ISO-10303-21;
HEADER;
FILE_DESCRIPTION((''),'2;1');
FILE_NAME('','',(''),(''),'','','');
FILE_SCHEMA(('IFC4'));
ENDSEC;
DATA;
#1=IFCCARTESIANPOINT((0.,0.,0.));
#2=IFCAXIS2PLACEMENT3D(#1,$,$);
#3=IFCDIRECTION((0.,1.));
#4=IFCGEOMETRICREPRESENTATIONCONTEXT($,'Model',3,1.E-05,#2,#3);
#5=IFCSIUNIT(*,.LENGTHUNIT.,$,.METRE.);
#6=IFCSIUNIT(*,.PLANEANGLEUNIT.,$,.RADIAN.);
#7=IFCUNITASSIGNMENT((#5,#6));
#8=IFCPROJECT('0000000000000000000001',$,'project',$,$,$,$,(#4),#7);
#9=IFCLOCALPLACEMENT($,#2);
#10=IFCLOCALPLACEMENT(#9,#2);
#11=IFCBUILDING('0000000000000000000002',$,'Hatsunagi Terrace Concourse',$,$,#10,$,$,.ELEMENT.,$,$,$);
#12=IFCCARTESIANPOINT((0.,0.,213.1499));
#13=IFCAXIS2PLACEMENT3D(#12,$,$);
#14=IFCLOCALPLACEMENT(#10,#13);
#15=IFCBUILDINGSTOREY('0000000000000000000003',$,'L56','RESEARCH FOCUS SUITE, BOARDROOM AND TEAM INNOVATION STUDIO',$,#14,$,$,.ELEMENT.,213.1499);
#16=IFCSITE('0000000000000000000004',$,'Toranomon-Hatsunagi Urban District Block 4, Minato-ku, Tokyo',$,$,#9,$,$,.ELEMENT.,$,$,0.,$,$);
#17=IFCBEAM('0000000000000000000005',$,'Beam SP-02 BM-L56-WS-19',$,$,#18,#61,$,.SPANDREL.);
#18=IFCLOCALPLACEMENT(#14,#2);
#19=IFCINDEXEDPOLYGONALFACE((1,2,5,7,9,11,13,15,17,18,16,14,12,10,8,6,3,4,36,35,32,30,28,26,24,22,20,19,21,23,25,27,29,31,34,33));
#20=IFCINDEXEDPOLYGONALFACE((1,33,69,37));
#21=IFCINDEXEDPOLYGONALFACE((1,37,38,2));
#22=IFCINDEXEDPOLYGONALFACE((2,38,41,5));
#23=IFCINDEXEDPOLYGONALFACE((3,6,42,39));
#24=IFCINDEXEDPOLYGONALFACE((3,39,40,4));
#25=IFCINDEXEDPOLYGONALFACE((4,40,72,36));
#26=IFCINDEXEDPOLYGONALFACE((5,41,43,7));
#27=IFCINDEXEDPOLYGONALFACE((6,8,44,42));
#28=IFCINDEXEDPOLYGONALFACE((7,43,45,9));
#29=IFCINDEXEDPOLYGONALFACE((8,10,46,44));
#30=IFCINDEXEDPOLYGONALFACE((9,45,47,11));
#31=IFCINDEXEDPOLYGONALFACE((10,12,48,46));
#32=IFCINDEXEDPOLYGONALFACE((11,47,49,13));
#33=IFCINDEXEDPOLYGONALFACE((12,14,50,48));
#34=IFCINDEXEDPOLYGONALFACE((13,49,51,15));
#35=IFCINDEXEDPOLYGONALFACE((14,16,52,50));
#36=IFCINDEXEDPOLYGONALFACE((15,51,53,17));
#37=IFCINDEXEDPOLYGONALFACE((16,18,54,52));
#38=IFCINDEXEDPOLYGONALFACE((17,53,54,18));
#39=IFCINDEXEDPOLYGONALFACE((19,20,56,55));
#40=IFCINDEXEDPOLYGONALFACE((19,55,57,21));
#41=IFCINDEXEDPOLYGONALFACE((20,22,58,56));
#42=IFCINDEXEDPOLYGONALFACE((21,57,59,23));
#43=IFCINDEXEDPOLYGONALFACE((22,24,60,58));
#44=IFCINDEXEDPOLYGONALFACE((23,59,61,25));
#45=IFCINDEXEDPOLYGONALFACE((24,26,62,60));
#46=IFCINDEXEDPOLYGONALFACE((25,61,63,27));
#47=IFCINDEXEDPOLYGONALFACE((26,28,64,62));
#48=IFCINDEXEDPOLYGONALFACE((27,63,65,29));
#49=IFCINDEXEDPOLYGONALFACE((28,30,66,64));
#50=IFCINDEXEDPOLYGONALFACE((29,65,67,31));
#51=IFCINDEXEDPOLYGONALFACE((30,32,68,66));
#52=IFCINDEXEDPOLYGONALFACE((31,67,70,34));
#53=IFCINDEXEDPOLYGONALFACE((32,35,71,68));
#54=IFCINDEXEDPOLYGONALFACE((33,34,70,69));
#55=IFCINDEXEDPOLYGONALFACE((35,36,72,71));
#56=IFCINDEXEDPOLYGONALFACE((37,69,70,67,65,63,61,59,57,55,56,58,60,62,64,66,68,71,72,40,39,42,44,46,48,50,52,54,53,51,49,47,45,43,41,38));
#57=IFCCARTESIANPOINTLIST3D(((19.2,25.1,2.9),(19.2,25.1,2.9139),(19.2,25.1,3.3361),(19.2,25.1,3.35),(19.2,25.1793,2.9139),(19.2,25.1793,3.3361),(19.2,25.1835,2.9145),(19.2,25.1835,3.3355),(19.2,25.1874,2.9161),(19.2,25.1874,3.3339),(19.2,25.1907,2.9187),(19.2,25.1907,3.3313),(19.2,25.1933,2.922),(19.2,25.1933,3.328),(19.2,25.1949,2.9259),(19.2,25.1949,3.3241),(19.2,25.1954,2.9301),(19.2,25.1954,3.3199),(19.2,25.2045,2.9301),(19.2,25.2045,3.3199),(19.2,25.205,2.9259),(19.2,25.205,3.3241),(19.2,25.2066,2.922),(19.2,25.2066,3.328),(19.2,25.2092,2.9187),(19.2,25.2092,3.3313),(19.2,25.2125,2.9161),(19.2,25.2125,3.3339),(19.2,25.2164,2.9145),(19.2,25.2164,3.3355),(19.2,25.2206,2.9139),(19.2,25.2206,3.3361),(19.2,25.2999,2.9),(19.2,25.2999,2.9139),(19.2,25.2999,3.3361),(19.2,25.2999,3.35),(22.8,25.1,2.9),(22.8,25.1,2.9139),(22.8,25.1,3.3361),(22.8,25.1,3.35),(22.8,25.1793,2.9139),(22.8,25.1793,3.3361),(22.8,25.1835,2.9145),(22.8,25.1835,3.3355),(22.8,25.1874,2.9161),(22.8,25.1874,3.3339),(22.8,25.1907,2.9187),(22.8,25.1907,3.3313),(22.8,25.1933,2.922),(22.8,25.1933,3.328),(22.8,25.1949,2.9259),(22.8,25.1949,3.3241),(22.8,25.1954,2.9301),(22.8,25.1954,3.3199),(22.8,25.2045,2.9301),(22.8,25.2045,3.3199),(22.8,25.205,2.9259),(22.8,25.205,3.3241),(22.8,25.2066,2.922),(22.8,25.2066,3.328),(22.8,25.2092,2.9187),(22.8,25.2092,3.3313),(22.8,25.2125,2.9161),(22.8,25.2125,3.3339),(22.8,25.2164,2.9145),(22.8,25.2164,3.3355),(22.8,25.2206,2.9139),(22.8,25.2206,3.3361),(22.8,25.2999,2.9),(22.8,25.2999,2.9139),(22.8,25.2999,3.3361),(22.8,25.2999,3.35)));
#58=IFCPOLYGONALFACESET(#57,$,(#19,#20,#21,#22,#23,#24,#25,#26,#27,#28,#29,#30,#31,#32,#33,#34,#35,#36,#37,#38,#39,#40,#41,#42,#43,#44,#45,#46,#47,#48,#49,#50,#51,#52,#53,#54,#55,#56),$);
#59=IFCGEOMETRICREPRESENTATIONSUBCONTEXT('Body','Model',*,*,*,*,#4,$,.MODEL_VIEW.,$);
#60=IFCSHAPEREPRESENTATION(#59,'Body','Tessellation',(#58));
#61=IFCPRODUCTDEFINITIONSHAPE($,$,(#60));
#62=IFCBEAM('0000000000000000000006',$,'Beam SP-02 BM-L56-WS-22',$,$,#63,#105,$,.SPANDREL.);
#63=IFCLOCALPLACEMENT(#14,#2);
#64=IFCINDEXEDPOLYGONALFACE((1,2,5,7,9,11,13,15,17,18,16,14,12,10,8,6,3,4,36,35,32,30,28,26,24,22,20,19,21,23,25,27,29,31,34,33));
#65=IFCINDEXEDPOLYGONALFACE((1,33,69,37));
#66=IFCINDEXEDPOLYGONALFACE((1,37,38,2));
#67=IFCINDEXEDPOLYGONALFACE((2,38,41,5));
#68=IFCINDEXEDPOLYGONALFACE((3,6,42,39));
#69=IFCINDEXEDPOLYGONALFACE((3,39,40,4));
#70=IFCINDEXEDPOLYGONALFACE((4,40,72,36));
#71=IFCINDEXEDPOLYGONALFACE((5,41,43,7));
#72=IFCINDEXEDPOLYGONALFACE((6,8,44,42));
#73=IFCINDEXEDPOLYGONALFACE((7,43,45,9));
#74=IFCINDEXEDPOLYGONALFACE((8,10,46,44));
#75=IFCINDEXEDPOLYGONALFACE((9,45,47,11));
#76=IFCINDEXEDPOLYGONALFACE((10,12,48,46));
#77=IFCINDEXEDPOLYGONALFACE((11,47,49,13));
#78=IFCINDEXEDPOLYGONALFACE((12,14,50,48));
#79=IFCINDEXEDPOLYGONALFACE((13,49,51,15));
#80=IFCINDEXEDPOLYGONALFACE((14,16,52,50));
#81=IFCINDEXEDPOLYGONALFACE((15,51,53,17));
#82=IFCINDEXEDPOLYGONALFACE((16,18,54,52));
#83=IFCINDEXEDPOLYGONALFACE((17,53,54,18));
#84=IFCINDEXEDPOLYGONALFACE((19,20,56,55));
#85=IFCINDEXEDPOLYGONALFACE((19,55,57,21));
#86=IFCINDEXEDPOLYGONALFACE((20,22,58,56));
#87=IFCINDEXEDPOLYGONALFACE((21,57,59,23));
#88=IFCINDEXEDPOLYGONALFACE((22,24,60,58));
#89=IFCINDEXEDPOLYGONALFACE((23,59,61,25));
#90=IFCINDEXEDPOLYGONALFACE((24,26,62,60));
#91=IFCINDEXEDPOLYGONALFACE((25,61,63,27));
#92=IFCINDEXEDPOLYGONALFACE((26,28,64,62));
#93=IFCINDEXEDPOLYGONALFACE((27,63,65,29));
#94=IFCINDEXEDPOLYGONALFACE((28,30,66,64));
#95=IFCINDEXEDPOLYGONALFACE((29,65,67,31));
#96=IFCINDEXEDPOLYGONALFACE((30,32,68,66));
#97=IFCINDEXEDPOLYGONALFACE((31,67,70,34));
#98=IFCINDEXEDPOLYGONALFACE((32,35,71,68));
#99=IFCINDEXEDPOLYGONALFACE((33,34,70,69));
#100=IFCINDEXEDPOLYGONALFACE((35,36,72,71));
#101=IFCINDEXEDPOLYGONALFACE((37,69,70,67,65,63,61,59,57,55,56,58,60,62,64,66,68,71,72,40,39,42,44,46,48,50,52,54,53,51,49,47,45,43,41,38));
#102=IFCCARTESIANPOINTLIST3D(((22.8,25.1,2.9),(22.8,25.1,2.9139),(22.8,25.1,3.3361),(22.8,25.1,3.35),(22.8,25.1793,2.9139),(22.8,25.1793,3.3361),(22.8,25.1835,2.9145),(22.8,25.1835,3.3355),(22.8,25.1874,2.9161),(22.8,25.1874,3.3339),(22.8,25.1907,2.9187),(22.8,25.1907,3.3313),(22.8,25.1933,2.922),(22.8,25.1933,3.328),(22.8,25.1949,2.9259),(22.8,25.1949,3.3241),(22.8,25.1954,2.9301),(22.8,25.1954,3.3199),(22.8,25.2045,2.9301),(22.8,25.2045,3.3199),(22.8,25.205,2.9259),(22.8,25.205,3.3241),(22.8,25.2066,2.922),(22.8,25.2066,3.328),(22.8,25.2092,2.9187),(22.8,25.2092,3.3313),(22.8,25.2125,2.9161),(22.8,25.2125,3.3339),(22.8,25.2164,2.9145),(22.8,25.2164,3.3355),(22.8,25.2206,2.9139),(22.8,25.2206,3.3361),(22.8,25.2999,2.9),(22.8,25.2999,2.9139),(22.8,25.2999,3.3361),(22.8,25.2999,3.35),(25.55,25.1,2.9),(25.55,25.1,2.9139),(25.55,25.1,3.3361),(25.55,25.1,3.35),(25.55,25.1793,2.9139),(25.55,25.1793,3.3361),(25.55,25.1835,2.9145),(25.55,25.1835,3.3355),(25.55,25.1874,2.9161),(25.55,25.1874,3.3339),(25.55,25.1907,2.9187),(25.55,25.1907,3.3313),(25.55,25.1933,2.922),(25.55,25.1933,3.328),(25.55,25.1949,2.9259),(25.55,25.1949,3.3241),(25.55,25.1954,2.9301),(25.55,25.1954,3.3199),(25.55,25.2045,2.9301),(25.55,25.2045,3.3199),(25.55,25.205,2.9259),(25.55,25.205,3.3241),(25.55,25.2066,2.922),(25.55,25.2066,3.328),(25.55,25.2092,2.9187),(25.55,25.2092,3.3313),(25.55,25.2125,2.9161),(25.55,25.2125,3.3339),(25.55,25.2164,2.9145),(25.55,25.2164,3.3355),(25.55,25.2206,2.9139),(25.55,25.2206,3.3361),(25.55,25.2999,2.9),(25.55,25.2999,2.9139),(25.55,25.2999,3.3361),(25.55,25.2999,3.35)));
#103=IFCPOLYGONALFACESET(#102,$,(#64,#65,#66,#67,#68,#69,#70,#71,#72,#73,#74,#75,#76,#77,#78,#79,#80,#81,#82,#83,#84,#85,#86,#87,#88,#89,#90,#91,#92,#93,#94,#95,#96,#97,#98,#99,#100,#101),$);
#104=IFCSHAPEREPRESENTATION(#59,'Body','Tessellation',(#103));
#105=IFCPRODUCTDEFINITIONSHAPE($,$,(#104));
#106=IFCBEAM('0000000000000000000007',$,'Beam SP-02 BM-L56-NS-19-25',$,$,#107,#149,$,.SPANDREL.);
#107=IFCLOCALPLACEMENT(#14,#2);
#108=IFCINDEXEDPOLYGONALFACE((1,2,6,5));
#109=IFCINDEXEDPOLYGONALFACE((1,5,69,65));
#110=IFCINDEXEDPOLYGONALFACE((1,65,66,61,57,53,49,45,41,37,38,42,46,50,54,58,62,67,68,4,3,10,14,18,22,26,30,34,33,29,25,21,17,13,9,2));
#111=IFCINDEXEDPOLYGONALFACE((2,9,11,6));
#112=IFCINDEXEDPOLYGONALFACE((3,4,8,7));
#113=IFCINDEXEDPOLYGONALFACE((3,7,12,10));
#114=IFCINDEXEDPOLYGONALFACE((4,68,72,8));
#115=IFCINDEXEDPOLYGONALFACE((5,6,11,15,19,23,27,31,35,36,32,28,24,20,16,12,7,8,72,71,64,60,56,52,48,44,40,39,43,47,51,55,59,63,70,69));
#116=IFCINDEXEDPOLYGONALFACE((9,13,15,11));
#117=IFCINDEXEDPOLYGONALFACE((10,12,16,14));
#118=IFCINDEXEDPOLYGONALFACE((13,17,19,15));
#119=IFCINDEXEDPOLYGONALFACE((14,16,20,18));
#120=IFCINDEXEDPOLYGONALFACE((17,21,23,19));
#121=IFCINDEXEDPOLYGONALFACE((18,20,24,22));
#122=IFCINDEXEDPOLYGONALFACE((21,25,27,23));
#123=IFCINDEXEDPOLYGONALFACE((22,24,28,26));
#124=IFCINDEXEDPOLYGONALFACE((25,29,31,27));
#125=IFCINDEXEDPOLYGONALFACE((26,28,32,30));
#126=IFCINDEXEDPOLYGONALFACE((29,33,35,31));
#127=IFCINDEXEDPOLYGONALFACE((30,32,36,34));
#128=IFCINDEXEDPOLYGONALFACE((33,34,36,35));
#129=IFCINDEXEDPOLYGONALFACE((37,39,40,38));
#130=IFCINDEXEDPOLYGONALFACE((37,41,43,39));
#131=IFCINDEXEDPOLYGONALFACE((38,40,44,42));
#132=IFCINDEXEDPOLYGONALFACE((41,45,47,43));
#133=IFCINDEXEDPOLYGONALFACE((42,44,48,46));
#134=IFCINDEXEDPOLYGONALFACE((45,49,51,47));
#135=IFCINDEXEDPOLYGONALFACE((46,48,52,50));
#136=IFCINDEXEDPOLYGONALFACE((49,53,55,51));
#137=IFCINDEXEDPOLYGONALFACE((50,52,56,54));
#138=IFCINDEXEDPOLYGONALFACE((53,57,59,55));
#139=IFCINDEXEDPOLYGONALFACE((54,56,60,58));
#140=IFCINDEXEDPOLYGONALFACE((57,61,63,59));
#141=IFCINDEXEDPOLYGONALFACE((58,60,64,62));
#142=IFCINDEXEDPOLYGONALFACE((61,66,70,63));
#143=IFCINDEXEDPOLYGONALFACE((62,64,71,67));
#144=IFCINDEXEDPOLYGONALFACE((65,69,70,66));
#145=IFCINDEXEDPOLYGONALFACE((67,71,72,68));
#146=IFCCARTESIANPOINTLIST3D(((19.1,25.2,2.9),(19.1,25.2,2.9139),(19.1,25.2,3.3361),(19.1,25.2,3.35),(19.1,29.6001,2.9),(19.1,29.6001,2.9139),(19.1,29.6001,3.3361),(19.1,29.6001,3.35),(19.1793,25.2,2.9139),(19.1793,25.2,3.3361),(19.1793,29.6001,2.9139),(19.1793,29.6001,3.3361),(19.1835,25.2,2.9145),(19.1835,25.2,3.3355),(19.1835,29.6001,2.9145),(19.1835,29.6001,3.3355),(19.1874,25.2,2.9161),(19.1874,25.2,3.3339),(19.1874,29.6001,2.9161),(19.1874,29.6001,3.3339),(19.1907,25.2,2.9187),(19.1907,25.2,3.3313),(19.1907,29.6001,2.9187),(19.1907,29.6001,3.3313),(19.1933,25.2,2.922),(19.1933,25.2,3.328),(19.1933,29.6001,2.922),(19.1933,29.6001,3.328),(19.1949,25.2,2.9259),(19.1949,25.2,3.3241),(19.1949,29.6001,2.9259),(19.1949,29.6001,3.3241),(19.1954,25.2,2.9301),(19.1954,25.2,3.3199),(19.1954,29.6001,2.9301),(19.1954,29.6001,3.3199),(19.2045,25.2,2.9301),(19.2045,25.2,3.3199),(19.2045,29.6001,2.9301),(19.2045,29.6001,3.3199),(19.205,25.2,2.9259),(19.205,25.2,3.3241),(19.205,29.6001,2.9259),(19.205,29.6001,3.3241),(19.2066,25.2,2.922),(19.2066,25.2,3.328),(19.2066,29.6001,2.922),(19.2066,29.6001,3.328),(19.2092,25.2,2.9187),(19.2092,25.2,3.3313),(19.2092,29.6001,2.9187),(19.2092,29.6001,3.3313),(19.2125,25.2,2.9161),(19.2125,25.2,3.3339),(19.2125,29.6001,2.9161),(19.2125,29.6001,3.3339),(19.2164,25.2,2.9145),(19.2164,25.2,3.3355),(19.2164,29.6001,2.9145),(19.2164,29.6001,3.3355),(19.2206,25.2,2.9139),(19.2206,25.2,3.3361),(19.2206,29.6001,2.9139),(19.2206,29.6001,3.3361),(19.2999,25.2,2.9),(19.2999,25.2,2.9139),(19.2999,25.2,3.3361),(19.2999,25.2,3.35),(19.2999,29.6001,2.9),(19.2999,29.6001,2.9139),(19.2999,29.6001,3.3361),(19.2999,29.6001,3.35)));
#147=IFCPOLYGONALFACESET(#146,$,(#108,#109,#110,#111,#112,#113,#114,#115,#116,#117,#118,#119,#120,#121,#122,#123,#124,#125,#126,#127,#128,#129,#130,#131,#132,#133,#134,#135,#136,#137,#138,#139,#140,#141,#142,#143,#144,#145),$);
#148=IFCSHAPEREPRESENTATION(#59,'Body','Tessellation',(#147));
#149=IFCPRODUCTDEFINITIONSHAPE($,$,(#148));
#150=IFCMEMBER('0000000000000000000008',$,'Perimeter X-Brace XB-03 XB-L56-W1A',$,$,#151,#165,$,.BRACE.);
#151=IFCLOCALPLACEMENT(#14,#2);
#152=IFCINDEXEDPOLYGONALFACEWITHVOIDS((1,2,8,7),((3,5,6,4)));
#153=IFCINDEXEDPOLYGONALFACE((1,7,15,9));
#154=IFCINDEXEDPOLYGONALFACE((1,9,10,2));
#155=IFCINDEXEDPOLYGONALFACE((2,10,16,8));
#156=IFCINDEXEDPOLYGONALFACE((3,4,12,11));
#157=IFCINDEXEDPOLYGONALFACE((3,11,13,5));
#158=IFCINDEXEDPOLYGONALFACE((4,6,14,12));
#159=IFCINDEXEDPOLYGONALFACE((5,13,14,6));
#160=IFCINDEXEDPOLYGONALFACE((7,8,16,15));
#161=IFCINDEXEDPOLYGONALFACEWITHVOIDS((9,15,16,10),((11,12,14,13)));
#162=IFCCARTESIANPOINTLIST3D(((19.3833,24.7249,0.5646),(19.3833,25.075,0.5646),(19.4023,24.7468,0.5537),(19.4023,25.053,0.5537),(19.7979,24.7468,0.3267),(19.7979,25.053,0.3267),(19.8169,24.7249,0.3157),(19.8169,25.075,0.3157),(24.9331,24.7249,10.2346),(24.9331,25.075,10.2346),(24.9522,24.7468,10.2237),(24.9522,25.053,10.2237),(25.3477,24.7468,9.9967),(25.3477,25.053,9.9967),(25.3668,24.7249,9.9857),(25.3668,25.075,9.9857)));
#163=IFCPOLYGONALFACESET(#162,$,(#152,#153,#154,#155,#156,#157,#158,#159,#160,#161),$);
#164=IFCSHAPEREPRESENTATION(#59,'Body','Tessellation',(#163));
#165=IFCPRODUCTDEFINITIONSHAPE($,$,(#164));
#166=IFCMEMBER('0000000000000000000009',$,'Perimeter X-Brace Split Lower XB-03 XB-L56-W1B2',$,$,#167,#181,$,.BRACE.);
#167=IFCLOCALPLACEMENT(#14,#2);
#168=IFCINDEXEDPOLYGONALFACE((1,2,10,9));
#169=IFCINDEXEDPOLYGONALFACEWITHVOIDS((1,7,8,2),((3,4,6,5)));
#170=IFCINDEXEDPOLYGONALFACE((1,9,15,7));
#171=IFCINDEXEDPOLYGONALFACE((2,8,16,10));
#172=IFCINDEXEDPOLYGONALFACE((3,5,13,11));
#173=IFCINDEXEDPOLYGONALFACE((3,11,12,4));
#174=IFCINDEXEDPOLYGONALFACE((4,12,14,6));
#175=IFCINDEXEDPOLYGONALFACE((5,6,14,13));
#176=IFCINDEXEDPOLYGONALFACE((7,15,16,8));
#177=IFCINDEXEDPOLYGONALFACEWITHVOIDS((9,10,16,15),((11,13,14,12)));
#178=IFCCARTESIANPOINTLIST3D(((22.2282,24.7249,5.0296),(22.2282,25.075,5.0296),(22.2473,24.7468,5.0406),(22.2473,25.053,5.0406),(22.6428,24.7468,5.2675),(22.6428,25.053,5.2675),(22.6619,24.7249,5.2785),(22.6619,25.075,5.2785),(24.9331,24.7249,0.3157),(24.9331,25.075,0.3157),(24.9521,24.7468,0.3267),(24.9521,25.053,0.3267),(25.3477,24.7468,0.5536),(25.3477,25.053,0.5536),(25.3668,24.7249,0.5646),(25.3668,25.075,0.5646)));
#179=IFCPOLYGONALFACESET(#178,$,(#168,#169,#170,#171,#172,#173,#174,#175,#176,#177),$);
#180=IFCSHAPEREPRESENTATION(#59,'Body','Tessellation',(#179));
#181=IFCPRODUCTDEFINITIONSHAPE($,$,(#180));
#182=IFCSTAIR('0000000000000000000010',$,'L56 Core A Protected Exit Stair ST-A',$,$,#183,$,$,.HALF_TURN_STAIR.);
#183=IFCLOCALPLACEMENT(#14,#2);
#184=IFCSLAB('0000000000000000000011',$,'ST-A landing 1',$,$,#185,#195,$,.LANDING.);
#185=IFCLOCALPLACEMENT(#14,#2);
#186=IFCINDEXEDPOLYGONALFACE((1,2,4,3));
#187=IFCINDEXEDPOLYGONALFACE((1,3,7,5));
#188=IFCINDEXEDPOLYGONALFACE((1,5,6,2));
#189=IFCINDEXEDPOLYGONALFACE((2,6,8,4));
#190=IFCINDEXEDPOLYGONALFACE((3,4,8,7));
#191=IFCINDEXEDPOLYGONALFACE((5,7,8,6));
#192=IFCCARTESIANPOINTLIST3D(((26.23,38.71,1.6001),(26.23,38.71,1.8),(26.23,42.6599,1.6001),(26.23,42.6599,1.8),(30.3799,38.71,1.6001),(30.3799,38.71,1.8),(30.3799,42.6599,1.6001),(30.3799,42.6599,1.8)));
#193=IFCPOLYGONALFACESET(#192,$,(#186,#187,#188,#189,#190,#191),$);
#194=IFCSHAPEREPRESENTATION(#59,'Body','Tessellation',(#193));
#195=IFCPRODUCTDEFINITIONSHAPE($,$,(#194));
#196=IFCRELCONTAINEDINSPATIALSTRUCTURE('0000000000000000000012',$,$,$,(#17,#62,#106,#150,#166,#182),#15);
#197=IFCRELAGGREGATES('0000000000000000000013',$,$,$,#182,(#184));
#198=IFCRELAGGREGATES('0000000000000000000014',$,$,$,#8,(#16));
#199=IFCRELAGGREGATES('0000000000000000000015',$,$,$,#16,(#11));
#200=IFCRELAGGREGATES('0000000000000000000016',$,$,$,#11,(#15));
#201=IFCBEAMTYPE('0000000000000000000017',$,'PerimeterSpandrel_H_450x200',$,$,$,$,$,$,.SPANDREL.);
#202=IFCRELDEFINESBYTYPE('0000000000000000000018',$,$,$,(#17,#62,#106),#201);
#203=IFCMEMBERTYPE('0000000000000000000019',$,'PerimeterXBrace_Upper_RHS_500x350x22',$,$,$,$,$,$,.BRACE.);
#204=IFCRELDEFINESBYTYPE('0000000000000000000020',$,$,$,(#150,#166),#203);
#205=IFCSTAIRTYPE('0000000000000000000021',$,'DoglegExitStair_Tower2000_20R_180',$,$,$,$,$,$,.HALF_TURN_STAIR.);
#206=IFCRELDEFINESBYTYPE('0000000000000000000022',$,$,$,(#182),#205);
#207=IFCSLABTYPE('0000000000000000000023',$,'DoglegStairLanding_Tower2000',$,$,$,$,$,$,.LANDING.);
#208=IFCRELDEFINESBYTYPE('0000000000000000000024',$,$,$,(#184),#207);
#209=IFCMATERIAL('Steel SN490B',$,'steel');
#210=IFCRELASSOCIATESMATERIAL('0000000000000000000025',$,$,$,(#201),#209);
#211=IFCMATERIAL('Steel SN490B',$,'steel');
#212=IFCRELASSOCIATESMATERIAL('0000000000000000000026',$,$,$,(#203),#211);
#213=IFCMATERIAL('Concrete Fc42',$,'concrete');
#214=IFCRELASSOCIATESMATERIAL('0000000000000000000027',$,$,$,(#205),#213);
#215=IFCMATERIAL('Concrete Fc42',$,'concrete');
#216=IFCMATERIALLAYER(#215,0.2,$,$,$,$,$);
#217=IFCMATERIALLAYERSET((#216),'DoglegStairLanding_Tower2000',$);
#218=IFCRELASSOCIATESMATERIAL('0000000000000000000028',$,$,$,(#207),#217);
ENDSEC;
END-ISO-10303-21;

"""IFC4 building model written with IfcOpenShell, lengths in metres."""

from ifc_helpers import new_model, si_unit, direction, frame, origin, origin_2d, place, context, subcontext, project, spatial, polyline, hollow_rectangle, i_section, outline, extrude, material, layer, layer_set, material_profile, profile_set, type_object, element, aggregate, save


model = new_model("IFC4")

# Units and contexts
model_context = context("Model", 3, precision=1e-05, world=origin(), true_north=direction((0.0, 1.0)))
body_context = subcontext(model_context, "Body", "Model", "MODEL_VIEW")
ifc_project = project(units=[si_unit("LENGTHUNIT", "METRE"), si_unit("PLANEANGLEUNIT", "RADIAN")], contexts=[model_context])

# Site, building, storey
site_placement = place(None, origin())
site = spatial("IfcSite", under=ifc_project, at=site_placement, Name="Toranomon-Hatsunagi Urban District Block 4, Minato-ku, Tokyo", CompositionType="ELEMENT", RefElevation=0.0)
building_placement = place(site_placement, origin())
building = spatial("IfcBuilding", under=site, at=building_placement, Name="Hatsunagi Terrace Concourse", CompositionType="ELEMENT")
storey_placement = place(building_placement, frame((0.0, 0.0, 213.1499)))
storey = spatial("IfcBuildingStorey", under=building, at=storey_placement, Name="L56", Description="RESEARCH FOCUS SUITE, BOARDROOM AND TEAM INNOVATION STUDIO", CompositionType="ELEMENT", Elevation=213.1499)

# Beams
ifc_material_1 = material(Name="Steel SN490B", Category="steel")
ifc_material_profile_1 = material_profile(ifc_material_1, i_section(OverallWidth=0.2, OverallDepth=0.45, WebThickness=0.009, FlangeThickness=0.0139, FilletRadius=0.0161, at=origin_2d()), Name="H-450x200x9x14")
ifc_profile_set_1 = profile_set([ifc_material_profile_1], Name="Steel SN490B")
beam_type_1 = type_object("IfcBeamType", Name="PerimeterSpandrel_H_450x200", PredefinedType="SPANDREL", material=ifc_profile_set_1)
beam_1_placement = place(storey_placement, frame((19.2, 25.2, 3.125), z_axis=(1.0, 0.0, 0.0), x_axis=(0.0, 1.0, 0.0)))
element("IfcBeam", 1, at=beam_1_placement, inside=storey, type_object=beam_type_1, Name="Beam SP-02 BM-L56-WS-19", PredefinedType="SPANDREL", context=body_context, shape_type="SweptSolid", body=[
    extrude(i_section(OverallWidth=0.2, OverallDepth=0.45, WebThickness=0.009, FlangeThickness=0.0139, FilletRadius=0.0161, at=origin_2d()), origin(), (0.0, 0.0, 1.0), 3.6001),
])
beam_2_placement = place(storey_placement, frame((22.8, 25.2, 3.125), z_axis=(1.0, 0.0, 0.0), x_axis=(0.0, 1.0, 0.0)))
element("IfcBeam", 2, at=beam_2_placement, inside=storey, type_object=beam_type_1, Name="Beam SP-02 BM-L56-WS-22", PredefinedType="SPANDREL", context=body_context, shape_type="SweptSolid", body=[
    extrude(i_section(OverallWidth=0.2, OverallDepth=0.45, WebThickness=0.009, FlangeThickness=0.0139, FilletRadius=0.0161, at=origin_2d()), origin(), (0.0, 0.0, 1.0), 2.75),
])
beam_3_placement = place(storey_placement, frame((19.2, 25.2, 3.125), z_axis=(0.0, 1.0, 0.0), x_axis=(-1.0, 0.0, 0.0)))
element("IfcBeam", 3, at=beam_3_placement, inside=storey, type_object=beam_type_1, Name="Beam SP-02 BM-L56-NS-19-25", PredefinedType="SPANDREL", context=body_context, shape_type="SweptSolid", body=[
    extrude(i_section(OverallWidth=0.2, OverallDepth=0.45, WebThickness=0.009, FlangeThickness=0.0139, FilletRadius=0.0161, at=origin_2d()), origin(), (0.0, 0.0, 1.0), 4.4001),
])

# Members
ifc_material_2 = material(Name="Steel SN490B", Category="steel")
ifc_material_profile_2 = material_profile(ifc_material_2, hollow_rectangle(XDim=0.3501, YDim=0.5, WallThickness=0.022, at=origin_2d()), Name="RHS-500x350x22")
ifc_profile_set_2 = profile_set([ifc_material_profile_2], Name="Steel SN490B")
member_type = type_object("IfcMemberType", Name="PerimeterXBrace_Upper_RHS_500x350x22", PredefinedType="BRACE", material=ifc_profile_set_2)
member_1_placement = place(storey_placement, frame((19.6001, 24.8999, 0.4402), z_axis=(0.49777, 0.0, 0.867309), x_axis=(0.0, 1.0, 0.0)))
element("IfcMember", 4, at=member_1_placement, inside=storey, type_object=member_type, Name="Perimeter X-Brace XB-03 XB-L56-W1A", PredefinedType="BRACE", context=body_context, shape_type="SweptSolid", body=[
    extrude(hollow_rectangle(XDim=0.3501, YDim=0.5, WallThickness=0.022, at=origin_2d()), origin(), (0.0, 0.0, 1.0), 11.1494),
])
member_2_placement = place(storey_placement, frame((22.4451, 24.8999, 5.1541), z_axis=(0.497691, 0.0, -0.867354), x_axis=(0.0, 1.0, 0.0)))
element("IfcMember", 5, at=member_2_placement, inside=storey, type_object=member_type, Name="Perimeter X-Brace Split Lower XB-03 XB-L56-W1B2", PredefinedType="BRACE", context=body_context, shape_type="SweptSolid", body=[
    extrude(hollow_rectangle(XDim=0.3501, YDim=0.5, WallThickness=0.022, at=origin_2d()), origin(), (0.0, 0.0, 1.0), 5.4348),
])

# Stair, slab
ifc_material_3 = material(Name="Concrete Fc42", Category="concrete")
stair_type = type_object("IfcStairType", Name="DoglegExitStair_Tower2000_20R_180", PredefinedType="HALF_TURN_STAIR", material=ifc_material_3)
stair_1_placement = place(storey_placement, origin())
stair_1 = element("IfcStair", 6, at=stair_1_placement, inside=storey, type_object=stair_type, Name="L56 Core A Protected Exit Stair ST-A", PredefinedType="HALF_TURN_STAIR")
ifc_material_4 = material(Name="Concrete Fc42", Category="concrete")
ifc_layer_1 = layer(ifc_material_4, 0.2)
ifc_layer_set_1 = layer_set([ifc_layer_1], Name="DoglegStairLanding_Tower2000")
slab_type_1 = type_object("IfcSlabType", Name="DoglegStairLanding_Tower2000", PredefinedType="LANDING", material=ifc_layer_set_1)
slab_1_placement = place(storey_placement, frame((0.0, 0.0, 1.6001)))
slab_1 = element("IfcSlab", 7, at=slab_1_placement, type_object=slab_type_1, Name="ST-A landing 1", PredefinedType="LANDING", context=body_context, shape_type="SweptSolid", body=[
    extrude(outline(polyline([(30.3799, 38.71), (30.3799, 42.6599), (26.23, 42.6599), (26.23, 38.71), (30.3799, 38.71)])), origin(), (0.0, 0.0, 1.0), 0.2),
])
aggregate(stair_1, [slab_1])

save(model, "model.ifc")
